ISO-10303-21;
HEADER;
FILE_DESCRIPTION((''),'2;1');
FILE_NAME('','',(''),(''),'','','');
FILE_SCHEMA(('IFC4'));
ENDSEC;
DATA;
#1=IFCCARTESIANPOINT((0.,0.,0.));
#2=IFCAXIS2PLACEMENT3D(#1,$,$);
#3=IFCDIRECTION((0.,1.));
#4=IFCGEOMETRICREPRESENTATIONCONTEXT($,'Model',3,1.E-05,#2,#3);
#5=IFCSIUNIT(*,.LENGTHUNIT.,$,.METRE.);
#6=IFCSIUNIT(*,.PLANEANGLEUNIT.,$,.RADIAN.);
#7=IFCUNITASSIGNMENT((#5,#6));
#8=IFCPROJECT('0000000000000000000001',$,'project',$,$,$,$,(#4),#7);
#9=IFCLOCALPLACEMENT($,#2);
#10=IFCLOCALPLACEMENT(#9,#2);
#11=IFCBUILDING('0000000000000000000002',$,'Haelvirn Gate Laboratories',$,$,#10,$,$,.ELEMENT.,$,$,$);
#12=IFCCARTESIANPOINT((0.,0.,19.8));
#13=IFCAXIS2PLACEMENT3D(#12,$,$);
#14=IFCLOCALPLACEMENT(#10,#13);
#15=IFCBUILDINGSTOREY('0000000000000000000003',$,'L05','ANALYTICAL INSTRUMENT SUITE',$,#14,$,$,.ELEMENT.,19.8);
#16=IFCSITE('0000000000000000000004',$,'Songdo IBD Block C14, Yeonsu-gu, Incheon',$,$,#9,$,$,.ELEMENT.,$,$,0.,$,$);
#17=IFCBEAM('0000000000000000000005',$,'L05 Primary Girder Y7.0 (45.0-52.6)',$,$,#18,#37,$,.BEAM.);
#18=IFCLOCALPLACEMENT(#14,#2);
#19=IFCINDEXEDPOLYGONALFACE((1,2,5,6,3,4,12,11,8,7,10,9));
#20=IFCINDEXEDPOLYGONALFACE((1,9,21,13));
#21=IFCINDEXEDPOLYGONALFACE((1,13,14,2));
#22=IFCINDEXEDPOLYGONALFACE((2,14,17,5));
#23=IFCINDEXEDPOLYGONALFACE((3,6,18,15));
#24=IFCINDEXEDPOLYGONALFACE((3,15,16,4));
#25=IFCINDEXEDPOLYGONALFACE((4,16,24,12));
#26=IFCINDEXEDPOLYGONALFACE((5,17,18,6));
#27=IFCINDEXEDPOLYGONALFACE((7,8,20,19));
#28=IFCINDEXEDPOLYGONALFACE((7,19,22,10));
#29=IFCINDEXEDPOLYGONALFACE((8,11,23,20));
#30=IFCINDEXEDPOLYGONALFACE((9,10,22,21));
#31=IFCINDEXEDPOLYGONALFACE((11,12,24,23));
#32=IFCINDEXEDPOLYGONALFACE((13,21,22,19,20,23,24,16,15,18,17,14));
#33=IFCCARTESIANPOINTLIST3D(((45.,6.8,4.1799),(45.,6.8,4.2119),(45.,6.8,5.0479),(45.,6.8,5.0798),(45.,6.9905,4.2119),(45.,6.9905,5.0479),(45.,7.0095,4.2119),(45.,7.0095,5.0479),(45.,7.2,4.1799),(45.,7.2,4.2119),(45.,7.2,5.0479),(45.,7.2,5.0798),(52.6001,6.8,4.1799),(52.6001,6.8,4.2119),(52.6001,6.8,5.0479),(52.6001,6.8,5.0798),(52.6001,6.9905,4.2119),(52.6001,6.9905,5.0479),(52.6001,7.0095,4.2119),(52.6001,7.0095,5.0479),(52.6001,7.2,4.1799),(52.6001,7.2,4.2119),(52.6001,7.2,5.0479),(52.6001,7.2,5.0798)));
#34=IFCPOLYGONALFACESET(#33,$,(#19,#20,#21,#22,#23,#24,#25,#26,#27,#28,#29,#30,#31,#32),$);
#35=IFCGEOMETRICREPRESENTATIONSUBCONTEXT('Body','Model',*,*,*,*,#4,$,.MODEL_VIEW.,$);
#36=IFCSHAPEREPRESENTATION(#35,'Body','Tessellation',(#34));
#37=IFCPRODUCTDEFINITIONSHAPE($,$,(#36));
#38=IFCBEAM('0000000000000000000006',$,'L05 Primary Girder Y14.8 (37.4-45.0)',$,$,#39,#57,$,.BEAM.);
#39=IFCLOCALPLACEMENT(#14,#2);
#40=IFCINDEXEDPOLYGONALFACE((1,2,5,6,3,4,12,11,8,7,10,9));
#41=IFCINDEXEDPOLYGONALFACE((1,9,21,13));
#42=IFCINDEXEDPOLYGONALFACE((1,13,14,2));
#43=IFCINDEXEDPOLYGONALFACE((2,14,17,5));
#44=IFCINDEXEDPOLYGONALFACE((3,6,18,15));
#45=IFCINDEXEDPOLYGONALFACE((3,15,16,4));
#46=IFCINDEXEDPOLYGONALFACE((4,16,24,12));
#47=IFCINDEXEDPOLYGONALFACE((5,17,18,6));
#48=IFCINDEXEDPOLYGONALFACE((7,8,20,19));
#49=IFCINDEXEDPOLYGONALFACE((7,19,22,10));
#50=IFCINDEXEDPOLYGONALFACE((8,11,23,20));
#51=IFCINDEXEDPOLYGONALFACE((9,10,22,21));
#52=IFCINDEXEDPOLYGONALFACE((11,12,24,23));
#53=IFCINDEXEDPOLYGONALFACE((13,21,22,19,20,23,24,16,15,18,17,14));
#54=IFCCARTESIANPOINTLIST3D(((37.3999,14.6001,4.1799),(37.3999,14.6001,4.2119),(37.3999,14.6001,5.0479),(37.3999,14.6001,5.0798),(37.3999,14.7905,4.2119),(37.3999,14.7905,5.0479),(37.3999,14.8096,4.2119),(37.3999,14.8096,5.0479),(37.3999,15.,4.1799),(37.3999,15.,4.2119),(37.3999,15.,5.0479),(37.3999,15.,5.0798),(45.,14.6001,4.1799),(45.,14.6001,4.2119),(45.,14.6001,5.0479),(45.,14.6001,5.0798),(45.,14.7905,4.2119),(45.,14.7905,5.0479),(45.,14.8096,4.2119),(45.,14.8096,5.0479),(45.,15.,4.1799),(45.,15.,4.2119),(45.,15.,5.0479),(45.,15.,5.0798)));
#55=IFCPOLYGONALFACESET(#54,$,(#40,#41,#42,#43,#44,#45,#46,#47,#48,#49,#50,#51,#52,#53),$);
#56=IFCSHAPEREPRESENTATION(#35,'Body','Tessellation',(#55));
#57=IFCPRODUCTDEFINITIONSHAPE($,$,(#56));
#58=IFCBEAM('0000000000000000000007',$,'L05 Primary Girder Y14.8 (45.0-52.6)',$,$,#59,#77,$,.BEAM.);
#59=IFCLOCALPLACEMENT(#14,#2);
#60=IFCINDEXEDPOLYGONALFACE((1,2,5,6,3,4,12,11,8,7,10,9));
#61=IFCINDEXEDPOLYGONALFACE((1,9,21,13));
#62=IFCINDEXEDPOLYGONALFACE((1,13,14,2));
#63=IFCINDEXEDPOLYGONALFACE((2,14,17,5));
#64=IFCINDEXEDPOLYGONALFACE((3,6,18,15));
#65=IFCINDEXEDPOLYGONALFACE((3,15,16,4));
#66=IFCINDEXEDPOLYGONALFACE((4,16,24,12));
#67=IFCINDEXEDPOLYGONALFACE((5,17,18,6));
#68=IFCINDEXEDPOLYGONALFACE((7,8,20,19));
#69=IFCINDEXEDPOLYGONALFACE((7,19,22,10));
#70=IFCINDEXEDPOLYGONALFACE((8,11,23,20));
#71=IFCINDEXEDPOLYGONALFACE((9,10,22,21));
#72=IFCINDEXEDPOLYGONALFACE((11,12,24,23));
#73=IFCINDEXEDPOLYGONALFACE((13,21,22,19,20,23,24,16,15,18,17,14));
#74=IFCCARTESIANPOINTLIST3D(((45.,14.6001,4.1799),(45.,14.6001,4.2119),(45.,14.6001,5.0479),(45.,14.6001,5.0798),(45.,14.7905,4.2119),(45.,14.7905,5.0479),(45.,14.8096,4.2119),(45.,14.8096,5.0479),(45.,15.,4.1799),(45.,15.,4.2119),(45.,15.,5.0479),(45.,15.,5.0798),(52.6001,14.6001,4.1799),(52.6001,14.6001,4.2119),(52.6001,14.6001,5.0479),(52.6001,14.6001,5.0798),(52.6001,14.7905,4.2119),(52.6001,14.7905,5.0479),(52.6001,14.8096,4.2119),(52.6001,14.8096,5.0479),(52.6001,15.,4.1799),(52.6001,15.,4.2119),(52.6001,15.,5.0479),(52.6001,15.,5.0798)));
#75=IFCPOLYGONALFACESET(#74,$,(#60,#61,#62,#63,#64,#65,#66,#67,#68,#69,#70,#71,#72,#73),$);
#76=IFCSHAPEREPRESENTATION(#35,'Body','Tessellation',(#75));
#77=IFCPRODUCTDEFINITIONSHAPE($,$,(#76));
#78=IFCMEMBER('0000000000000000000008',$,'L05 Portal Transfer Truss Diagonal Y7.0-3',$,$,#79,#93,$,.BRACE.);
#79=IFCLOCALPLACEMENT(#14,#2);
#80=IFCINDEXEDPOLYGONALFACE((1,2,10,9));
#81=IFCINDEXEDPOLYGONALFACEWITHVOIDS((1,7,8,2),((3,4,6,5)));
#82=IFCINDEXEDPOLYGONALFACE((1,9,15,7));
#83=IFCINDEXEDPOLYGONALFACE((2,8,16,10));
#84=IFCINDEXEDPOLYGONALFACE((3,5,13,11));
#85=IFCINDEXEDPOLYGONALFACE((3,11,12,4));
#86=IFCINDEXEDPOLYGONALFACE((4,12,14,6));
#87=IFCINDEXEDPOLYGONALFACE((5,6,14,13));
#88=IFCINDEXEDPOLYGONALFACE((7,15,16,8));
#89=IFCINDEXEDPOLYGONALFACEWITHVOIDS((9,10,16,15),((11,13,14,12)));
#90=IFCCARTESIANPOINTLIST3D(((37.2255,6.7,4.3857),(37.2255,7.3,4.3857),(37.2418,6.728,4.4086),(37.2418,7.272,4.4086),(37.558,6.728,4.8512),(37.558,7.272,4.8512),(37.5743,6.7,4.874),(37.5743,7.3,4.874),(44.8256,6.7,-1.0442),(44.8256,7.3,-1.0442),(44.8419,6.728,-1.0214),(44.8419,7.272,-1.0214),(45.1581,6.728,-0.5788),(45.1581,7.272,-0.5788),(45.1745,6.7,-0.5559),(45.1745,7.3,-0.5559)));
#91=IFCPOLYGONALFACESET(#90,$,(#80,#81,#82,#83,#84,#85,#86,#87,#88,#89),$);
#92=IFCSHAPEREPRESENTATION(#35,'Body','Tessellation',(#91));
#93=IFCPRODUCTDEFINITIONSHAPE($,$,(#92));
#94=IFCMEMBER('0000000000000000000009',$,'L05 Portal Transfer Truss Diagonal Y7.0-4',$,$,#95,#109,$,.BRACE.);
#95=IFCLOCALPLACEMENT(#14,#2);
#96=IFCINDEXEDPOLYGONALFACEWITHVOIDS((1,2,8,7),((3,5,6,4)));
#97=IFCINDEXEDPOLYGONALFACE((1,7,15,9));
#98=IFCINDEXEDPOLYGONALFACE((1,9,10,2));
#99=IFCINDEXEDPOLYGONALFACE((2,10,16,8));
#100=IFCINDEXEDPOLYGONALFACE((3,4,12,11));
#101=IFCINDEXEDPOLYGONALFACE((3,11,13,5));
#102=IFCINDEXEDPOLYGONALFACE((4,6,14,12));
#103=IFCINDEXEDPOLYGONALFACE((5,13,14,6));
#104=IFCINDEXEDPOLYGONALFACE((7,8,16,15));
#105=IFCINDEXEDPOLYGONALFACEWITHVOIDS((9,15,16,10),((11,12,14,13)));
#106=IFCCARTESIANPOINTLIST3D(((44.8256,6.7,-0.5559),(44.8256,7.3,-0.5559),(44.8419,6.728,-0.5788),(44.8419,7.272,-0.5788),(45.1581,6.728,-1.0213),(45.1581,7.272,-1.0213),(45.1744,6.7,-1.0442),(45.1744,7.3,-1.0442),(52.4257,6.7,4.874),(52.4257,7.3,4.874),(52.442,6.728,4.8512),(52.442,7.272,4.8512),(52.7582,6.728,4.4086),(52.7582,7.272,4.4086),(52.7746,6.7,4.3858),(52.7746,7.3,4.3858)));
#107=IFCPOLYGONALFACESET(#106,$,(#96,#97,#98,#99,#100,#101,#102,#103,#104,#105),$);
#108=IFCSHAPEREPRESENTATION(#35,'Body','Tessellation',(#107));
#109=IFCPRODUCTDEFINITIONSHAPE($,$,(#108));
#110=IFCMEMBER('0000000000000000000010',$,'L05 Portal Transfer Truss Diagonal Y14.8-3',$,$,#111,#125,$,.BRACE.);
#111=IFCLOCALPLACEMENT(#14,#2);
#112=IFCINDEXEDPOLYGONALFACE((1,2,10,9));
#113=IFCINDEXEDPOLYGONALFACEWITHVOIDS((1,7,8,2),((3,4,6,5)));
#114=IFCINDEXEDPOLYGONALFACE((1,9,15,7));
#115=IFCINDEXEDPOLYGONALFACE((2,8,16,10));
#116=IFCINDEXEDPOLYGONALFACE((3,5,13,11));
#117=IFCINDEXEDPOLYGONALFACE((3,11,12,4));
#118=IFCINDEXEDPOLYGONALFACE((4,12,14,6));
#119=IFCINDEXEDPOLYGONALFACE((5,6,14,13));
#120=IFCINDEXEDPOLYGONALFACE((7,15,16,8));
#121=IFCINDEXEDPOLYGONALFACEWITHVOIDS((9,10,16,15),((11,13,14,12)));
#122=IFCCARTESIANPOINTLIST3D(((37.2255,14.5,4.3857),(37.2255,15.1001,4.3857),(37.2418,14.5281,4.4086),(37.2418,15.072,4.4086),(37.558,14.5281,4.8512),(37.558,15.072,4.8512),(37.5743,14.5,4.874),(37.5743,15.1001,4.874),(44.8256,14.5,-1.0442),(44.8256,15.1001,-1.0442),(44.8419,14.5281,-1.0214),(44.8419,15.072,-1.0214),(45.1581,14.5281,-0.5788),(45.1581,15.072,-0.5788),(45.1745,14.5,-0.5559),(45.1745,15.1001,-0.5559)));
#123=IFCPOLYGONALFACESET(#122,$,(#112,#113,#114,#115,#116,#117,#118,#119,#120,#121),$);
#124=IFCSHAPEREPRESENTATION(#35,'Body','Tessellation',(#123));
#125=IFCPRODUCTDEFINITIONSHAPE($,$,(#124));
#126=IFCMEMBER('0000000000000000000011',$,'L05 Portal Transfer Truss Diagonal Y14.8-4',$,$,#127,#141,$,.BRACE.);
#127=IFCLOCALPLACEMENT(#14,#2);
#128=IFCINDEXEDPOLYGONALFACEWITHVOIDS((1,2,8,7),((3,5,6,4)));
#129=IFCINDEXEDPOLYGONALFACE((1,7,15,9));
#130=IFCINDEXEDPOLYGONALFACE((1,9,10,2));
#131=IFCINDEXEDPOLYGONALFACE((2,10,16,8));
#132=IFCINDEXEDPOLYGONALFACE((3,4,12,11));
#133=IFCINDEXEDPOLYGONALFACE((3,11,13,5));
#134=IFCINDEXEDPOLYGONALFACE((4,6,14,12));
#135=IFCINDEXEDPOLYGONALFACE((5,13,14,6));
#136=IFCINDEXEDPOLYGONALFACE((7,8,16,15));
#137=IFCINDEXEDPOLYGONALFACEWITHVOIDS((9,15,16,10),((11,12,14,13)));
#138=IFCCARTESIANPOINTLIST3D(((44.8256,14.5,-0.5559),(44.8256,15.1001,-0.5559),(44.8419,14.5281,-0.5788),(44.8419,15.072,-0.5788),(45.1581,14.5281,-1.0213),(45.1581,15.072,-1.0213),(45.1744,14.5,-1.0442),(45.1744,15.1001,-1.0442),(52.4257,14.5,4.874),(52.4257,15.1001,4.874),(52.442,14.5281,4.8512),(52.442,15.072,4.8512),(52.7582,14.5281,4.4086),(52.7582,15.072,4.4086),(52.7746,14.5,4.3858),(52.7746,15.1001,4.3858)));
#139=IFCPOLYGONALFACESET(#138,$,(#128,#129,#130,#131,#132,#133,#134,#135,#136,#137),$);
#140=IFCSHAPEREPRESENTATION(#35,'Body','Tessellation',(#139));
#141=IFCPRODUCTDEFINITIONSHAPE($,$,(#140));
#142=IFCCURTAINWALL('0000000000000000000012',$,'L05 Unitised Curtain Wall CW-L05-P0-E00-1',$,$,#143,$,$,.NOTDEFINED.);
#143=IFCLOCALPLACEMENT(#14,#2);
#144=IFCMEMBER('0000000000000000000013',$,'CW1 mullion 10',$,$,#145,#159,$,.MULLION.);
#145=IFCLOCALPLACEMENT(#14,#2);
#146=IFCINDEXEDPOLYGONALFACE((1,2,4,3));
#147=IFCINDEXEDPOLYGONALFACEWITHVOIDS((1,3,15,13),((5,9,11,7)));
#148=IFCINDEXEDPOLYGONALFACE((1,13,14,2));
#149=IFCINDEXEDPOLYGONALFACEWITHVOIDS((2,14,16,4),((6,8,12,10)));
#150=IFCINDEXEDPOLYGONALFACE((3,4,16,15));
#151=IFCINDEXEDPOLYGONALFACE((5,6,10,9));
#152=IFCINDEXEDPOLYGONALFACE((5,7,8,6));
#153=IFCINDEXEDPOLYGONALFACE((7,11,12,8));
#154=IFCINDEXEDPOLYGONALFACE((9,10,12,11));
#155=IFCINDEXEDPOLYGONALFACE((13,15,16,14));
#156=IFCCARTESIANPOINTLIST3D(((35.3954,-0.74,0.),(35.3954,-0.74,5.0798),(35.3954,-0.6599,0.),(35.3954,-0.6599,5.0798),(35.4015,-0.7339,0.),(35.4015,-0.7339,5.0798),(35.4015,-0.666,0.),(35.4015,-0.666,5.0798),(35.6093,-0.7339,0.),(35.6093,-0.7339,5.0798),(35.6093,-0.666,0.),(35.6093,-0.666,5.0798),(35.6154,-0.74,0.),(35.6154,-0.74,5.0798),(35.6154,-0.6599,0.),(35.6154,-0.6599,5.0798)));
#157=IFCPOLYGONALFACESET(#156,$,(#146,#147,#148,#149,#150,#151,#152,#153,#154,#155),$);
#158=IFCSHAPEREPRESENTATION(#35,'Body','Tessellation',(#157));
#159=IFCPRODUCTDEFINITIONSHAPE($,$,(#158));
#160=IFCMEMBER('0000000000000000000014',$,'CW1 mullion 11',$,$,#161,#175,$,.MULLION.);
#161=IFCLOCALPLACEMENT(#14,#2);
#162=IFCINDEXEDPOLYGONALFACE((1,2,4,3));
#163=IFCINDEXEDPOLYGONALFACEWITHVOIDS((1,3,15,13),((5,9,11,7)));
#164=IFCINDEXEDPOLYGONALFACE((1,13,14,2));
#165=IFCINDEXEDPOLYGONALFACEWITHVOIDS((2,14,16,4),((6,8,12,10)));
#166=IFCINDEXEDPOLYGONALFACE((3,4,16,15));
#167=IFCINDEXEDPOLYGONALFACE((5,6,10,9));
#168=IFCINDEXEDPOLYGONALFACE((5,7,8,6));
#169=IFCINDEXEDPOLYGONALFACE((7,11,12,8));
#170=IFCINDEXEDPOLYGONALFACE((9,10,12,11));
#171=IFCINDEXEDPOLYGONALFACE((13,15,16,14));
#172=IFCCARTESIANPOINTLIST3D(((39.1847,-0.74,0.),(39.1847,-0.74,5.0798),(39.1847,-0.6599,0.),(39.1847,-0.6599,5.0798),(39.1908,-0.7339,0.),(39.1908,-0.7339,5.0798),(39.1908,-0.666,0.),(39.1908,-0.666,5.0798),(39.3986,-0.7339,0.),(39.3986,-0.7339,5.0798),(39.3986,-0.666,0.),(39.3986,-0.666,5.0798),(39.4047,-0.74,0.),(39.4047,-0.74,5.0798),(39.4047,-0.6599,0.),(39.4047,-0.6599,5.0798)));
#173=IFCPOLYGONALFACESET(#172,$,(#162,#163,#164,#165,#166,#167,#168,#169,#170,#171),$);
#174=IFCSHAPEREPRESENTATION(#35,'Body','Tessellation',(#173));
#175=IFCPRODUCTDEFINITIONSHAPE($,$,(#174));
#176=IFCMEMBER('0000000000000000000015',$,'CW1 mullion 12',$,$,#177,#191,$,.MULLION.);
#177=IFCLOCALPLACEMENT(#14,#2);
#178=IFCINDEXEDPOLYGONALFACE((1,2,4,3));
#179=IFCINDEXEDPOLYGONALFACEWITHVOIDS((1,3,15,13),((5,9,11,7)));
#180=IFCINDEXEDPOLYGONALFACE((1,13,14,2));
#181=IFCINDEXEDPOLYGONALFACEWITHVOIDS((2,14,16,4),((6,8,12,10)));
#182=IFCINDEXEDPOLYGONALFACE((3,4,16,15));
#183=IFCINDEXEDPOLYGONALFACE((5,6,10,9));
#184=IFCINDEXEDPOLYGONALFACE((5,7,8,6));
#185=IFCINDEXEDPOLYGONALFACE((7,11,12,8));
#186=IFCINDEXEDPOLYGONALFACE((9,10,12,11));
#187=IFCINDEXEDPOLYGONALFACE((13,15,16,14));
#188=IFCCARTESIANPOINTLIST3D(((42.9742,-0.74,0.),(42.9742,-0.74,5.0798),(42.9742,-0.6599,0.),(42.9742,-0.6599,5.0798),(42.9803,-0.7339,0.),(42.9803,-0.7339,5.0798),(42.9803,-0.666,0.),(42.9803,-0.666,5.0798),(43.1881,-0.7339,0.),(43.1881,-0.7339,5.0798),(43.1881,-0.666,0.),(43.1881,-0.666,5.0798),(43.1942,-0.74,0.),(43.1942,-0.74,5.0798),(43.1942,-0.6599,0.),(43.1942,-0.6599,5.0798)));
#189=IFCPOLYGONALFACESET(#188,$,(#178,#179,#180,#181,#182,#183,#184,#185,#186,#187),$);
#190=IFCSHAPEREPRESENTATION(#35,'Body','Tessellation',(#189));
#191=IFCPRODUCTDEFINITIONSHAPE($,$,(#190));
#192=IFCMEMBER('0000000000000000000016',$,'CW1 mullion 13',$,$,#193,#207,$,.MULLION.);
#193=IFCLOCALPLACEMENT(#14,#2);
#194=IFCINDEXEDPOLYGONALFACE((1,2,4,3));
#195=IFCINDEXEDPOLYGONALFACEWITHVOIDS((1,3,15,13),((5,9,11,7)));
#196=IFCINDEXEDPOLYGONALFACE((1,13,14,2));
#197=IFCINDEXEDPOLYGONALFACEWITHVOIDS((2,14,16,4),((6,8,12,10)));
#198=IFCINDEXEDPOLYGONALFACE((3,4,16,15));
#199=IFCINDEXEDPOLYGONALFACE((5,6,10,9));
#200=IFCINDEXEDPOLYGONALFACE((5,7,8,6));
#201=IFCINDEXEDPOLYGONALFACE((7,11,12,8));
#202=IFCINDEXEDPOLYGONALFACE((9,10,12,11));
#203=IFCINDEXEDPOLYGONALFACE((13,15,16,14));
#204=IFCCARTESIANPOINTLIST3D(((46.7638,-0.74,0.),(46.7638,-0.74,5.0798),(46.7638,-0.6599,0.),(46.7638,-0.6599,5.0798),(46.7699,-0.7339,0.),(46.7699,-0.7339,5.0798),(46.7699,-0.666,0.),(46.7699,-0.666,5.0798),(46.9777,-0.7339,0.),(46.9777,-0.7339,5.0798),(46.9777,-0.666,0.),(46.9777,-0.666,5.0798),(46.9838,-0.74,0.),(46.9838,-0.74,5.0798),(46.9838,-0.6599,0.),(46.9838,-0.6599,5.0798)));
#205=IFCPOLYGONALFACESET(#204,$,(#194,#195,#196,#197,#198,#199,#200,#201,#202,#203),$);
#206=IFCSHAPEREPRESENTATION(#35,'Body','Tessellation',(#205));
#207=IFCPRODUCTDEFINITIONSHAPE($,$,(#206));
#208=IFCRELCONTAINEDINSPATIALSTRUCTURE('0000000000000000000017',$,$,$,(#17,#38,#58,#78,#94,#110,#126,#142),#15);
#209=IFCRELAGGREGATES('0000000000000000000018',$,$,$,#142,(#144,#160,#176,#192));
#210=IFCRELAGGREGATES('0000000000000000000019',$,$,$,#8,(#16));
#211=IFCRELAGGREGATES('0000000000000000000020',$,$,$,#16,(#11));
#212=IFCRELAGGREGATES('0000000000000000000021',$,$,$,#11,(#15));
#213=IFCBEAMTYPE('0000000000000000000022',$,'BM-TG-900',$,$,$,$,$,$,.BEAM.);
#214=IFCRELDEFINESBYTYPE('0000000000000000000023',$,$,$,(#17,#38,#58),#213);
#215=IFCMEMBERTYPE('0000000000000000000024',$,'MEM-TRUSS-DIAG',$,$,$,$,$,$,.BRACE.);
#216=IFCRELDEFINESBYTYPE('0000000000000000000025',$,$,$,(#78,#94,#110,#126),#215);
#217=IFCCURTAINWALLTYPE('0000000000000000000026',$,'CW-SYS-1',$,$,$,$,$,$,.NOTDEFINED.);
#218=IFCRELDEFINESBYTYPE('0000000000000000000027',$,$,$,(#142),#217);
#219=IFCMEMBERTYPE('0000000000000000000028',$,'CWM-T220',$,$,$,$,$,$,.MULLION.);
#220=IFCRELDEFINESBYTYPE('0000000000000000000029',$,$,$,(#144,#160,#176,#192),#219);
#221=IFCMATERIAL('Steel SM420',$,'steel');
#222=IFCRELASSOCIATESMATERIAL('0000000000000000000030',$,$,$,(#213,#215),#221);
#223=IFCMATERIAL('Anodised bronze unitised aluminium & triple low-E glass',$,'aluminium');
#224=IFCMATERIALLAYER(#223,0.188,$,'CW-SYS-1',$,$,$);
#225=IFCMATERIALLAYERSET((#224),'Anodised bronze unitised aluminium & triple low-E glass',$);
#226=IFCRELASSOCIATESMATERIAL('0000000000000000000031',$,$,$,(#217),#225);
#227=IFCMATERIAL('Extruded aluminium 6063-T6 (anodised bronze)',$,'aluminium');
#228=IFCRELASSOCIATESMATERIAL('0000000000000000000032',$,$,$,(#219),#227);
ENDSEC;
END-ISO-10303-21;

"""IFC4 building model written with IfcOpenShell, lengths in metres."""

from ifc_helpers import new_model, si_unit, direction, frame, origin, origin_2d, place, context, subcontext, project, spatial, hollow_rectangle, i_section, extrude, source, transform, mapped, material, layer, layer_set, material_profile, profile_set, type_object, type_shapes, element, aggregate, save


model = new_model("IFC4")

# Units and contexts
model_context = context("Model", 3, precision=1e-05, world=origin(), true_north=direction((0.0, 1.0)))
body_context = subcontext(model_context, "Body", "Model", "MODEL_VIEW")
ifc_project = project(units=[si_unit("LENGTHUNIT", "METRE"), si_unit("PLANEANGLEUNIT", "RADIAN")], contexts=[model_context])

# Site, building, storey
site_placement = place(None, origin())
site = spatial("IfcSite", under=ifc_project, at=site_placement, Name="Songdo IBD Block C14, Yeonsu-gu, Incheon", CompositionType="ELEMENT", RefElevation=0.0)
building_placement = place(site_placement, origin())
building = spatial("IfcBuilding", under=site, at=building_placement, Name="Haelvirn Gate Laboratories", CompositionType="ELEMENT")
storey_placement = place(building_placement, frame((0.0, 0.0, 19.8)))
storey = spatial("IfcBuildingStorey", under=building, at=storey_placement, Name="L05", Description="ANALYTICAL INSTRUMENT SUITE", CompositionType="ELEMENT", Elevation=19.8)

# Shared definitions
ifc_material_1 = material(Name="Steel SM420", Category="steel")

# Beams
ifc_material_profile_1 = material_profile(ifc_material_1, i_section(OverallWidth=0.3999, OverallDepth=0.8999, WebThickness=0.019, FlangeThickness=0.032, at=origin_2d()), Name="H-900x400x19x32")
ifc_profile_set_1 = profile_set([ifc_material_profile_1], Name="Steel SM420")
beam_type_1 = type_object("IfcBeamType", Name="BM-TG-900", PredefinedType="BEAM", material=ifc_profile_set_1)
shared_shape_1 = source(origin(), body_context, "Body", "SweptSolid", [
    extrude(i_section(OverallWidth=0.3999, OverallDepth=0.8999, WebThickness=0.019, FlangeThickness=0.032, at=origin_2d()), origin(), (0.0, 0.0, 1.0), 7.6001),
])
type_shapes(beam_type_1, [shared_shape_1])
for number, where, z_axis, x_axis, name in (
    (1, (45.0, 7.0, 4.6299), (1.0, 0.0, 0.0), (0.0, 1.0, 0.0), "L05 Primary Girder Y7.0 (45.0-52.6)"),
    (2, (37.3999, 14.8, 4.6299), (1.0, 0.0, 0.0), (0.0, 1.0, 0.0), "L05 Primary Girder Y14.8 (37.4-45.0)"),
    (3, (45.0, 14.8, 4.6299), (1.0, 0.0, 0.0), (0.0, 1.0, 0.0), "L05 Primary Girder Y14.8 (45.0-52.6)"),
):
    element("IfcBeam", number, at=place(storey_placement, frame(where, z_axis=z_axis, x_axis=x_axis)), inside=storey, type_object=beam_type_1, Name=name, PredefinedType="BEAM", context=body_context, shape_type="MappedRepresentation", body=[
        mapped(shared_shape_1, transform((0.0, 0.0, 0.0), scale=1.0)),
    ])

# Members
ifc_material_profile_2 = material_profile(ifc_material_1, hollow_rectangle(XDim=0.6001, YDim=0.6001, WallThickness=0.0281, at=origin_2d()), Name="BOX-600x600x28")
ifc_profile_set_2 = profile_set([ifc_material_profile_2], Name="Steel SM420")
member_type_1 = type_object("IfcMemberType", Name="MEM-TRUSS-DIAG", PredefinedType="BRACE", material=ifc_profile_set_2)
shared_shape_2 = source(origin(), body_context, "Body", "SweptSolid", [
    extrude(hollow_rectangle(XDim=0.6001, YDim=0.6001, WallThickness=0.0281, at=origin_2d()), origin(), (0.0, 0.0, 1.0), 9.3406),
])
type_shapes(member_type_1, [shared_shape_2])
for number, where, z_axis, x_axis, name in (
    (4, (37.3999, 7.0, 4.6299), (0.813668, 0.0, -0.58133), (0.0, 1.0, 0.0), "L05 Portal Transfer Truss Diagonal Y7.0-3"),
    (5, (45.0, 7.0, -0.8), (0.813668, 0.0, 0.58133), (0.0, 1.0, 0.0), "L05 Portal Transfer Truss Diagonal Y7.0-4"),
    (6, (37.3999, 14.8, 4.6299), (0.813668, 0.0, -0.58133), (0.0, 1.0, 0.0), "L05 Portal Transfer Truss Diagonal Y14.8-3"),
    (7, (45.0, 14.8, -0.8), (0.813668, 0.0, 0.58133), (0.0, 1.0, 0.0), "L05 Portal Transfer Truss Diagonal Y14.8-4"),
):
    element("IfcMember", number, at=place(storey_placement, frame(where, z_axis=z_axis, x_axis=x_axis)), inside=storey, type_object=member_type_1, Name=name, PredefinedType="BRACE", context=body_context, shape_type="MappedRepresentation", body=[
        mapped(shared_shape_2, transform((0.0, 0.0, 0.0), scale=1.0)),
    ])

# Curtain wall, members
ifc_material_2 = material(Name="Anodised bronze unitised aluminium & triple low-E glass", Category="aluminium")
ifc_layer_1 = layer(ifc_material_2, 0.188, Name="CW-SYS-1")
ifc_layer_set_1 = layer_set([ifc_layer_1], Name="Anodised bronze unitised aluminium & triple low-E glass")
curtain_wall_type = type_object("IfcCurtainWallType", Name="CW-SYS-1", PredefinedType="NOTDEFINED", material=ifc_layer_set_1)
curtain_wall_placement = place(storey_placement, origin())
curtain_wall = element("IfcCurtainWall", 8, at=curtain_wall_placement, inside=storey, type_object=curtain_wall_type, Name="L05 Unitised Curtain Wall CW-L05-P0-E00-1", PredefinedType="NOTDEFINED")
ifc_material_3 = material(Name="Extruded aluminium 6063-T6 (anodised bronze)", Category="aluminium")
ifc_material_profile_3 = material_profile(ifc_material_3, hollow_rectangle(XDim=0.0801, YDim=0.22, WallThickness=0.0061, at=origin_2d()), Name="CWM-220x80x6")
ifc_profile_set_3 = profile_set([ifc_material_profile_3], Name="Extruded aluminium 6063-T6 (anodised bronze)")
member_type_2 = type_object("IfcMemberType", Name="CWM-T220", PredefinedType="MULLION", material=ifc_profile_set_3)
shared_shape_3 = source(origin(), body_context, "Body", "SweptSolid", [
    extrude(hollow_rectangle(XDim=0.0801, YDim=0.22, WallThickness=0.0061, at=origin_2d()), origin(), (0.0, 0.0, 1.0), 5.0798),
])
type_shapes(member_type_2, [shared_shape_3])
member_1_placement = place(storey_placement, frame((35.5054, -0.7, 0.0), z_axis=(0.0, 0.0, 1.0), x_axis=(0.0, 1.0, 0.0)))
member_1 = element("IfcMember", 9, at=member_1_placement, type_object=member_type_2, Name="CW1 mullion 10", PredefinedType="MULLION", context=body_context, shape_type="MappedRepresentation", body=[
    mapped(shared_shape_3, transform((0.0, 0.0, 0.0), scale=1.0)),
])
member_2_placement = place(storey_placement, frame((39.2947, -0.7, 0.0), z_axis=(0.0, 0.0, 1.0), x_axis=(0.0, 1.0, 0.0)))
member_2 = element("IfcMember", 10, at=member_2_placement, type_object=member_type_2, Name="CW1 mullion 11", PredefinedType="MULLION", context=body_context, shape_type="MappedRepresentation", body=[
    mapped(shared_shape_3, transform((0.0, 0.0, 0.0), scale=1.0)),
])
member_3_placement = place(storey_placement, frame((43.0842, -0.7, 0.0), z_axis=(0.0, 0.0, 1.0), x_axis=(0.0, 1.0, 0.0)))
member_3 = element("IfcMember", 11, at=member_3_placement, type_object=member_type_2, Name="CW1 mullion 12", PredefinedType="MULLION", context=body_context, shape_type="MappedRepresentation", body=[
    mapped(shared_shape_3, transform((0.0, 0.0, 0.0), scale=1.0)),
])
member_4_placement = place(storey_placement, frame((46.8738, -0.7, 0.0), z_axis=(0.0, 0.0, 1.0), x_axis=(0.0, 1.0, 0.0)))
member_4 = element("IfcMember", 12, at=member_4_placement, type_object=member_type_2, Name="CW1 mullion 13", PredefinedType="MULLION", context=body_context, shape_type="MappedRepresentation", body=[
    mapped(shared_shape_3, transform((0.0, 0.0, 0.0), scale=1.0)),
])

aggregate(curtain_wall, [member_1, member_2, member_3, member_4])

save(model, "model.ifc")
